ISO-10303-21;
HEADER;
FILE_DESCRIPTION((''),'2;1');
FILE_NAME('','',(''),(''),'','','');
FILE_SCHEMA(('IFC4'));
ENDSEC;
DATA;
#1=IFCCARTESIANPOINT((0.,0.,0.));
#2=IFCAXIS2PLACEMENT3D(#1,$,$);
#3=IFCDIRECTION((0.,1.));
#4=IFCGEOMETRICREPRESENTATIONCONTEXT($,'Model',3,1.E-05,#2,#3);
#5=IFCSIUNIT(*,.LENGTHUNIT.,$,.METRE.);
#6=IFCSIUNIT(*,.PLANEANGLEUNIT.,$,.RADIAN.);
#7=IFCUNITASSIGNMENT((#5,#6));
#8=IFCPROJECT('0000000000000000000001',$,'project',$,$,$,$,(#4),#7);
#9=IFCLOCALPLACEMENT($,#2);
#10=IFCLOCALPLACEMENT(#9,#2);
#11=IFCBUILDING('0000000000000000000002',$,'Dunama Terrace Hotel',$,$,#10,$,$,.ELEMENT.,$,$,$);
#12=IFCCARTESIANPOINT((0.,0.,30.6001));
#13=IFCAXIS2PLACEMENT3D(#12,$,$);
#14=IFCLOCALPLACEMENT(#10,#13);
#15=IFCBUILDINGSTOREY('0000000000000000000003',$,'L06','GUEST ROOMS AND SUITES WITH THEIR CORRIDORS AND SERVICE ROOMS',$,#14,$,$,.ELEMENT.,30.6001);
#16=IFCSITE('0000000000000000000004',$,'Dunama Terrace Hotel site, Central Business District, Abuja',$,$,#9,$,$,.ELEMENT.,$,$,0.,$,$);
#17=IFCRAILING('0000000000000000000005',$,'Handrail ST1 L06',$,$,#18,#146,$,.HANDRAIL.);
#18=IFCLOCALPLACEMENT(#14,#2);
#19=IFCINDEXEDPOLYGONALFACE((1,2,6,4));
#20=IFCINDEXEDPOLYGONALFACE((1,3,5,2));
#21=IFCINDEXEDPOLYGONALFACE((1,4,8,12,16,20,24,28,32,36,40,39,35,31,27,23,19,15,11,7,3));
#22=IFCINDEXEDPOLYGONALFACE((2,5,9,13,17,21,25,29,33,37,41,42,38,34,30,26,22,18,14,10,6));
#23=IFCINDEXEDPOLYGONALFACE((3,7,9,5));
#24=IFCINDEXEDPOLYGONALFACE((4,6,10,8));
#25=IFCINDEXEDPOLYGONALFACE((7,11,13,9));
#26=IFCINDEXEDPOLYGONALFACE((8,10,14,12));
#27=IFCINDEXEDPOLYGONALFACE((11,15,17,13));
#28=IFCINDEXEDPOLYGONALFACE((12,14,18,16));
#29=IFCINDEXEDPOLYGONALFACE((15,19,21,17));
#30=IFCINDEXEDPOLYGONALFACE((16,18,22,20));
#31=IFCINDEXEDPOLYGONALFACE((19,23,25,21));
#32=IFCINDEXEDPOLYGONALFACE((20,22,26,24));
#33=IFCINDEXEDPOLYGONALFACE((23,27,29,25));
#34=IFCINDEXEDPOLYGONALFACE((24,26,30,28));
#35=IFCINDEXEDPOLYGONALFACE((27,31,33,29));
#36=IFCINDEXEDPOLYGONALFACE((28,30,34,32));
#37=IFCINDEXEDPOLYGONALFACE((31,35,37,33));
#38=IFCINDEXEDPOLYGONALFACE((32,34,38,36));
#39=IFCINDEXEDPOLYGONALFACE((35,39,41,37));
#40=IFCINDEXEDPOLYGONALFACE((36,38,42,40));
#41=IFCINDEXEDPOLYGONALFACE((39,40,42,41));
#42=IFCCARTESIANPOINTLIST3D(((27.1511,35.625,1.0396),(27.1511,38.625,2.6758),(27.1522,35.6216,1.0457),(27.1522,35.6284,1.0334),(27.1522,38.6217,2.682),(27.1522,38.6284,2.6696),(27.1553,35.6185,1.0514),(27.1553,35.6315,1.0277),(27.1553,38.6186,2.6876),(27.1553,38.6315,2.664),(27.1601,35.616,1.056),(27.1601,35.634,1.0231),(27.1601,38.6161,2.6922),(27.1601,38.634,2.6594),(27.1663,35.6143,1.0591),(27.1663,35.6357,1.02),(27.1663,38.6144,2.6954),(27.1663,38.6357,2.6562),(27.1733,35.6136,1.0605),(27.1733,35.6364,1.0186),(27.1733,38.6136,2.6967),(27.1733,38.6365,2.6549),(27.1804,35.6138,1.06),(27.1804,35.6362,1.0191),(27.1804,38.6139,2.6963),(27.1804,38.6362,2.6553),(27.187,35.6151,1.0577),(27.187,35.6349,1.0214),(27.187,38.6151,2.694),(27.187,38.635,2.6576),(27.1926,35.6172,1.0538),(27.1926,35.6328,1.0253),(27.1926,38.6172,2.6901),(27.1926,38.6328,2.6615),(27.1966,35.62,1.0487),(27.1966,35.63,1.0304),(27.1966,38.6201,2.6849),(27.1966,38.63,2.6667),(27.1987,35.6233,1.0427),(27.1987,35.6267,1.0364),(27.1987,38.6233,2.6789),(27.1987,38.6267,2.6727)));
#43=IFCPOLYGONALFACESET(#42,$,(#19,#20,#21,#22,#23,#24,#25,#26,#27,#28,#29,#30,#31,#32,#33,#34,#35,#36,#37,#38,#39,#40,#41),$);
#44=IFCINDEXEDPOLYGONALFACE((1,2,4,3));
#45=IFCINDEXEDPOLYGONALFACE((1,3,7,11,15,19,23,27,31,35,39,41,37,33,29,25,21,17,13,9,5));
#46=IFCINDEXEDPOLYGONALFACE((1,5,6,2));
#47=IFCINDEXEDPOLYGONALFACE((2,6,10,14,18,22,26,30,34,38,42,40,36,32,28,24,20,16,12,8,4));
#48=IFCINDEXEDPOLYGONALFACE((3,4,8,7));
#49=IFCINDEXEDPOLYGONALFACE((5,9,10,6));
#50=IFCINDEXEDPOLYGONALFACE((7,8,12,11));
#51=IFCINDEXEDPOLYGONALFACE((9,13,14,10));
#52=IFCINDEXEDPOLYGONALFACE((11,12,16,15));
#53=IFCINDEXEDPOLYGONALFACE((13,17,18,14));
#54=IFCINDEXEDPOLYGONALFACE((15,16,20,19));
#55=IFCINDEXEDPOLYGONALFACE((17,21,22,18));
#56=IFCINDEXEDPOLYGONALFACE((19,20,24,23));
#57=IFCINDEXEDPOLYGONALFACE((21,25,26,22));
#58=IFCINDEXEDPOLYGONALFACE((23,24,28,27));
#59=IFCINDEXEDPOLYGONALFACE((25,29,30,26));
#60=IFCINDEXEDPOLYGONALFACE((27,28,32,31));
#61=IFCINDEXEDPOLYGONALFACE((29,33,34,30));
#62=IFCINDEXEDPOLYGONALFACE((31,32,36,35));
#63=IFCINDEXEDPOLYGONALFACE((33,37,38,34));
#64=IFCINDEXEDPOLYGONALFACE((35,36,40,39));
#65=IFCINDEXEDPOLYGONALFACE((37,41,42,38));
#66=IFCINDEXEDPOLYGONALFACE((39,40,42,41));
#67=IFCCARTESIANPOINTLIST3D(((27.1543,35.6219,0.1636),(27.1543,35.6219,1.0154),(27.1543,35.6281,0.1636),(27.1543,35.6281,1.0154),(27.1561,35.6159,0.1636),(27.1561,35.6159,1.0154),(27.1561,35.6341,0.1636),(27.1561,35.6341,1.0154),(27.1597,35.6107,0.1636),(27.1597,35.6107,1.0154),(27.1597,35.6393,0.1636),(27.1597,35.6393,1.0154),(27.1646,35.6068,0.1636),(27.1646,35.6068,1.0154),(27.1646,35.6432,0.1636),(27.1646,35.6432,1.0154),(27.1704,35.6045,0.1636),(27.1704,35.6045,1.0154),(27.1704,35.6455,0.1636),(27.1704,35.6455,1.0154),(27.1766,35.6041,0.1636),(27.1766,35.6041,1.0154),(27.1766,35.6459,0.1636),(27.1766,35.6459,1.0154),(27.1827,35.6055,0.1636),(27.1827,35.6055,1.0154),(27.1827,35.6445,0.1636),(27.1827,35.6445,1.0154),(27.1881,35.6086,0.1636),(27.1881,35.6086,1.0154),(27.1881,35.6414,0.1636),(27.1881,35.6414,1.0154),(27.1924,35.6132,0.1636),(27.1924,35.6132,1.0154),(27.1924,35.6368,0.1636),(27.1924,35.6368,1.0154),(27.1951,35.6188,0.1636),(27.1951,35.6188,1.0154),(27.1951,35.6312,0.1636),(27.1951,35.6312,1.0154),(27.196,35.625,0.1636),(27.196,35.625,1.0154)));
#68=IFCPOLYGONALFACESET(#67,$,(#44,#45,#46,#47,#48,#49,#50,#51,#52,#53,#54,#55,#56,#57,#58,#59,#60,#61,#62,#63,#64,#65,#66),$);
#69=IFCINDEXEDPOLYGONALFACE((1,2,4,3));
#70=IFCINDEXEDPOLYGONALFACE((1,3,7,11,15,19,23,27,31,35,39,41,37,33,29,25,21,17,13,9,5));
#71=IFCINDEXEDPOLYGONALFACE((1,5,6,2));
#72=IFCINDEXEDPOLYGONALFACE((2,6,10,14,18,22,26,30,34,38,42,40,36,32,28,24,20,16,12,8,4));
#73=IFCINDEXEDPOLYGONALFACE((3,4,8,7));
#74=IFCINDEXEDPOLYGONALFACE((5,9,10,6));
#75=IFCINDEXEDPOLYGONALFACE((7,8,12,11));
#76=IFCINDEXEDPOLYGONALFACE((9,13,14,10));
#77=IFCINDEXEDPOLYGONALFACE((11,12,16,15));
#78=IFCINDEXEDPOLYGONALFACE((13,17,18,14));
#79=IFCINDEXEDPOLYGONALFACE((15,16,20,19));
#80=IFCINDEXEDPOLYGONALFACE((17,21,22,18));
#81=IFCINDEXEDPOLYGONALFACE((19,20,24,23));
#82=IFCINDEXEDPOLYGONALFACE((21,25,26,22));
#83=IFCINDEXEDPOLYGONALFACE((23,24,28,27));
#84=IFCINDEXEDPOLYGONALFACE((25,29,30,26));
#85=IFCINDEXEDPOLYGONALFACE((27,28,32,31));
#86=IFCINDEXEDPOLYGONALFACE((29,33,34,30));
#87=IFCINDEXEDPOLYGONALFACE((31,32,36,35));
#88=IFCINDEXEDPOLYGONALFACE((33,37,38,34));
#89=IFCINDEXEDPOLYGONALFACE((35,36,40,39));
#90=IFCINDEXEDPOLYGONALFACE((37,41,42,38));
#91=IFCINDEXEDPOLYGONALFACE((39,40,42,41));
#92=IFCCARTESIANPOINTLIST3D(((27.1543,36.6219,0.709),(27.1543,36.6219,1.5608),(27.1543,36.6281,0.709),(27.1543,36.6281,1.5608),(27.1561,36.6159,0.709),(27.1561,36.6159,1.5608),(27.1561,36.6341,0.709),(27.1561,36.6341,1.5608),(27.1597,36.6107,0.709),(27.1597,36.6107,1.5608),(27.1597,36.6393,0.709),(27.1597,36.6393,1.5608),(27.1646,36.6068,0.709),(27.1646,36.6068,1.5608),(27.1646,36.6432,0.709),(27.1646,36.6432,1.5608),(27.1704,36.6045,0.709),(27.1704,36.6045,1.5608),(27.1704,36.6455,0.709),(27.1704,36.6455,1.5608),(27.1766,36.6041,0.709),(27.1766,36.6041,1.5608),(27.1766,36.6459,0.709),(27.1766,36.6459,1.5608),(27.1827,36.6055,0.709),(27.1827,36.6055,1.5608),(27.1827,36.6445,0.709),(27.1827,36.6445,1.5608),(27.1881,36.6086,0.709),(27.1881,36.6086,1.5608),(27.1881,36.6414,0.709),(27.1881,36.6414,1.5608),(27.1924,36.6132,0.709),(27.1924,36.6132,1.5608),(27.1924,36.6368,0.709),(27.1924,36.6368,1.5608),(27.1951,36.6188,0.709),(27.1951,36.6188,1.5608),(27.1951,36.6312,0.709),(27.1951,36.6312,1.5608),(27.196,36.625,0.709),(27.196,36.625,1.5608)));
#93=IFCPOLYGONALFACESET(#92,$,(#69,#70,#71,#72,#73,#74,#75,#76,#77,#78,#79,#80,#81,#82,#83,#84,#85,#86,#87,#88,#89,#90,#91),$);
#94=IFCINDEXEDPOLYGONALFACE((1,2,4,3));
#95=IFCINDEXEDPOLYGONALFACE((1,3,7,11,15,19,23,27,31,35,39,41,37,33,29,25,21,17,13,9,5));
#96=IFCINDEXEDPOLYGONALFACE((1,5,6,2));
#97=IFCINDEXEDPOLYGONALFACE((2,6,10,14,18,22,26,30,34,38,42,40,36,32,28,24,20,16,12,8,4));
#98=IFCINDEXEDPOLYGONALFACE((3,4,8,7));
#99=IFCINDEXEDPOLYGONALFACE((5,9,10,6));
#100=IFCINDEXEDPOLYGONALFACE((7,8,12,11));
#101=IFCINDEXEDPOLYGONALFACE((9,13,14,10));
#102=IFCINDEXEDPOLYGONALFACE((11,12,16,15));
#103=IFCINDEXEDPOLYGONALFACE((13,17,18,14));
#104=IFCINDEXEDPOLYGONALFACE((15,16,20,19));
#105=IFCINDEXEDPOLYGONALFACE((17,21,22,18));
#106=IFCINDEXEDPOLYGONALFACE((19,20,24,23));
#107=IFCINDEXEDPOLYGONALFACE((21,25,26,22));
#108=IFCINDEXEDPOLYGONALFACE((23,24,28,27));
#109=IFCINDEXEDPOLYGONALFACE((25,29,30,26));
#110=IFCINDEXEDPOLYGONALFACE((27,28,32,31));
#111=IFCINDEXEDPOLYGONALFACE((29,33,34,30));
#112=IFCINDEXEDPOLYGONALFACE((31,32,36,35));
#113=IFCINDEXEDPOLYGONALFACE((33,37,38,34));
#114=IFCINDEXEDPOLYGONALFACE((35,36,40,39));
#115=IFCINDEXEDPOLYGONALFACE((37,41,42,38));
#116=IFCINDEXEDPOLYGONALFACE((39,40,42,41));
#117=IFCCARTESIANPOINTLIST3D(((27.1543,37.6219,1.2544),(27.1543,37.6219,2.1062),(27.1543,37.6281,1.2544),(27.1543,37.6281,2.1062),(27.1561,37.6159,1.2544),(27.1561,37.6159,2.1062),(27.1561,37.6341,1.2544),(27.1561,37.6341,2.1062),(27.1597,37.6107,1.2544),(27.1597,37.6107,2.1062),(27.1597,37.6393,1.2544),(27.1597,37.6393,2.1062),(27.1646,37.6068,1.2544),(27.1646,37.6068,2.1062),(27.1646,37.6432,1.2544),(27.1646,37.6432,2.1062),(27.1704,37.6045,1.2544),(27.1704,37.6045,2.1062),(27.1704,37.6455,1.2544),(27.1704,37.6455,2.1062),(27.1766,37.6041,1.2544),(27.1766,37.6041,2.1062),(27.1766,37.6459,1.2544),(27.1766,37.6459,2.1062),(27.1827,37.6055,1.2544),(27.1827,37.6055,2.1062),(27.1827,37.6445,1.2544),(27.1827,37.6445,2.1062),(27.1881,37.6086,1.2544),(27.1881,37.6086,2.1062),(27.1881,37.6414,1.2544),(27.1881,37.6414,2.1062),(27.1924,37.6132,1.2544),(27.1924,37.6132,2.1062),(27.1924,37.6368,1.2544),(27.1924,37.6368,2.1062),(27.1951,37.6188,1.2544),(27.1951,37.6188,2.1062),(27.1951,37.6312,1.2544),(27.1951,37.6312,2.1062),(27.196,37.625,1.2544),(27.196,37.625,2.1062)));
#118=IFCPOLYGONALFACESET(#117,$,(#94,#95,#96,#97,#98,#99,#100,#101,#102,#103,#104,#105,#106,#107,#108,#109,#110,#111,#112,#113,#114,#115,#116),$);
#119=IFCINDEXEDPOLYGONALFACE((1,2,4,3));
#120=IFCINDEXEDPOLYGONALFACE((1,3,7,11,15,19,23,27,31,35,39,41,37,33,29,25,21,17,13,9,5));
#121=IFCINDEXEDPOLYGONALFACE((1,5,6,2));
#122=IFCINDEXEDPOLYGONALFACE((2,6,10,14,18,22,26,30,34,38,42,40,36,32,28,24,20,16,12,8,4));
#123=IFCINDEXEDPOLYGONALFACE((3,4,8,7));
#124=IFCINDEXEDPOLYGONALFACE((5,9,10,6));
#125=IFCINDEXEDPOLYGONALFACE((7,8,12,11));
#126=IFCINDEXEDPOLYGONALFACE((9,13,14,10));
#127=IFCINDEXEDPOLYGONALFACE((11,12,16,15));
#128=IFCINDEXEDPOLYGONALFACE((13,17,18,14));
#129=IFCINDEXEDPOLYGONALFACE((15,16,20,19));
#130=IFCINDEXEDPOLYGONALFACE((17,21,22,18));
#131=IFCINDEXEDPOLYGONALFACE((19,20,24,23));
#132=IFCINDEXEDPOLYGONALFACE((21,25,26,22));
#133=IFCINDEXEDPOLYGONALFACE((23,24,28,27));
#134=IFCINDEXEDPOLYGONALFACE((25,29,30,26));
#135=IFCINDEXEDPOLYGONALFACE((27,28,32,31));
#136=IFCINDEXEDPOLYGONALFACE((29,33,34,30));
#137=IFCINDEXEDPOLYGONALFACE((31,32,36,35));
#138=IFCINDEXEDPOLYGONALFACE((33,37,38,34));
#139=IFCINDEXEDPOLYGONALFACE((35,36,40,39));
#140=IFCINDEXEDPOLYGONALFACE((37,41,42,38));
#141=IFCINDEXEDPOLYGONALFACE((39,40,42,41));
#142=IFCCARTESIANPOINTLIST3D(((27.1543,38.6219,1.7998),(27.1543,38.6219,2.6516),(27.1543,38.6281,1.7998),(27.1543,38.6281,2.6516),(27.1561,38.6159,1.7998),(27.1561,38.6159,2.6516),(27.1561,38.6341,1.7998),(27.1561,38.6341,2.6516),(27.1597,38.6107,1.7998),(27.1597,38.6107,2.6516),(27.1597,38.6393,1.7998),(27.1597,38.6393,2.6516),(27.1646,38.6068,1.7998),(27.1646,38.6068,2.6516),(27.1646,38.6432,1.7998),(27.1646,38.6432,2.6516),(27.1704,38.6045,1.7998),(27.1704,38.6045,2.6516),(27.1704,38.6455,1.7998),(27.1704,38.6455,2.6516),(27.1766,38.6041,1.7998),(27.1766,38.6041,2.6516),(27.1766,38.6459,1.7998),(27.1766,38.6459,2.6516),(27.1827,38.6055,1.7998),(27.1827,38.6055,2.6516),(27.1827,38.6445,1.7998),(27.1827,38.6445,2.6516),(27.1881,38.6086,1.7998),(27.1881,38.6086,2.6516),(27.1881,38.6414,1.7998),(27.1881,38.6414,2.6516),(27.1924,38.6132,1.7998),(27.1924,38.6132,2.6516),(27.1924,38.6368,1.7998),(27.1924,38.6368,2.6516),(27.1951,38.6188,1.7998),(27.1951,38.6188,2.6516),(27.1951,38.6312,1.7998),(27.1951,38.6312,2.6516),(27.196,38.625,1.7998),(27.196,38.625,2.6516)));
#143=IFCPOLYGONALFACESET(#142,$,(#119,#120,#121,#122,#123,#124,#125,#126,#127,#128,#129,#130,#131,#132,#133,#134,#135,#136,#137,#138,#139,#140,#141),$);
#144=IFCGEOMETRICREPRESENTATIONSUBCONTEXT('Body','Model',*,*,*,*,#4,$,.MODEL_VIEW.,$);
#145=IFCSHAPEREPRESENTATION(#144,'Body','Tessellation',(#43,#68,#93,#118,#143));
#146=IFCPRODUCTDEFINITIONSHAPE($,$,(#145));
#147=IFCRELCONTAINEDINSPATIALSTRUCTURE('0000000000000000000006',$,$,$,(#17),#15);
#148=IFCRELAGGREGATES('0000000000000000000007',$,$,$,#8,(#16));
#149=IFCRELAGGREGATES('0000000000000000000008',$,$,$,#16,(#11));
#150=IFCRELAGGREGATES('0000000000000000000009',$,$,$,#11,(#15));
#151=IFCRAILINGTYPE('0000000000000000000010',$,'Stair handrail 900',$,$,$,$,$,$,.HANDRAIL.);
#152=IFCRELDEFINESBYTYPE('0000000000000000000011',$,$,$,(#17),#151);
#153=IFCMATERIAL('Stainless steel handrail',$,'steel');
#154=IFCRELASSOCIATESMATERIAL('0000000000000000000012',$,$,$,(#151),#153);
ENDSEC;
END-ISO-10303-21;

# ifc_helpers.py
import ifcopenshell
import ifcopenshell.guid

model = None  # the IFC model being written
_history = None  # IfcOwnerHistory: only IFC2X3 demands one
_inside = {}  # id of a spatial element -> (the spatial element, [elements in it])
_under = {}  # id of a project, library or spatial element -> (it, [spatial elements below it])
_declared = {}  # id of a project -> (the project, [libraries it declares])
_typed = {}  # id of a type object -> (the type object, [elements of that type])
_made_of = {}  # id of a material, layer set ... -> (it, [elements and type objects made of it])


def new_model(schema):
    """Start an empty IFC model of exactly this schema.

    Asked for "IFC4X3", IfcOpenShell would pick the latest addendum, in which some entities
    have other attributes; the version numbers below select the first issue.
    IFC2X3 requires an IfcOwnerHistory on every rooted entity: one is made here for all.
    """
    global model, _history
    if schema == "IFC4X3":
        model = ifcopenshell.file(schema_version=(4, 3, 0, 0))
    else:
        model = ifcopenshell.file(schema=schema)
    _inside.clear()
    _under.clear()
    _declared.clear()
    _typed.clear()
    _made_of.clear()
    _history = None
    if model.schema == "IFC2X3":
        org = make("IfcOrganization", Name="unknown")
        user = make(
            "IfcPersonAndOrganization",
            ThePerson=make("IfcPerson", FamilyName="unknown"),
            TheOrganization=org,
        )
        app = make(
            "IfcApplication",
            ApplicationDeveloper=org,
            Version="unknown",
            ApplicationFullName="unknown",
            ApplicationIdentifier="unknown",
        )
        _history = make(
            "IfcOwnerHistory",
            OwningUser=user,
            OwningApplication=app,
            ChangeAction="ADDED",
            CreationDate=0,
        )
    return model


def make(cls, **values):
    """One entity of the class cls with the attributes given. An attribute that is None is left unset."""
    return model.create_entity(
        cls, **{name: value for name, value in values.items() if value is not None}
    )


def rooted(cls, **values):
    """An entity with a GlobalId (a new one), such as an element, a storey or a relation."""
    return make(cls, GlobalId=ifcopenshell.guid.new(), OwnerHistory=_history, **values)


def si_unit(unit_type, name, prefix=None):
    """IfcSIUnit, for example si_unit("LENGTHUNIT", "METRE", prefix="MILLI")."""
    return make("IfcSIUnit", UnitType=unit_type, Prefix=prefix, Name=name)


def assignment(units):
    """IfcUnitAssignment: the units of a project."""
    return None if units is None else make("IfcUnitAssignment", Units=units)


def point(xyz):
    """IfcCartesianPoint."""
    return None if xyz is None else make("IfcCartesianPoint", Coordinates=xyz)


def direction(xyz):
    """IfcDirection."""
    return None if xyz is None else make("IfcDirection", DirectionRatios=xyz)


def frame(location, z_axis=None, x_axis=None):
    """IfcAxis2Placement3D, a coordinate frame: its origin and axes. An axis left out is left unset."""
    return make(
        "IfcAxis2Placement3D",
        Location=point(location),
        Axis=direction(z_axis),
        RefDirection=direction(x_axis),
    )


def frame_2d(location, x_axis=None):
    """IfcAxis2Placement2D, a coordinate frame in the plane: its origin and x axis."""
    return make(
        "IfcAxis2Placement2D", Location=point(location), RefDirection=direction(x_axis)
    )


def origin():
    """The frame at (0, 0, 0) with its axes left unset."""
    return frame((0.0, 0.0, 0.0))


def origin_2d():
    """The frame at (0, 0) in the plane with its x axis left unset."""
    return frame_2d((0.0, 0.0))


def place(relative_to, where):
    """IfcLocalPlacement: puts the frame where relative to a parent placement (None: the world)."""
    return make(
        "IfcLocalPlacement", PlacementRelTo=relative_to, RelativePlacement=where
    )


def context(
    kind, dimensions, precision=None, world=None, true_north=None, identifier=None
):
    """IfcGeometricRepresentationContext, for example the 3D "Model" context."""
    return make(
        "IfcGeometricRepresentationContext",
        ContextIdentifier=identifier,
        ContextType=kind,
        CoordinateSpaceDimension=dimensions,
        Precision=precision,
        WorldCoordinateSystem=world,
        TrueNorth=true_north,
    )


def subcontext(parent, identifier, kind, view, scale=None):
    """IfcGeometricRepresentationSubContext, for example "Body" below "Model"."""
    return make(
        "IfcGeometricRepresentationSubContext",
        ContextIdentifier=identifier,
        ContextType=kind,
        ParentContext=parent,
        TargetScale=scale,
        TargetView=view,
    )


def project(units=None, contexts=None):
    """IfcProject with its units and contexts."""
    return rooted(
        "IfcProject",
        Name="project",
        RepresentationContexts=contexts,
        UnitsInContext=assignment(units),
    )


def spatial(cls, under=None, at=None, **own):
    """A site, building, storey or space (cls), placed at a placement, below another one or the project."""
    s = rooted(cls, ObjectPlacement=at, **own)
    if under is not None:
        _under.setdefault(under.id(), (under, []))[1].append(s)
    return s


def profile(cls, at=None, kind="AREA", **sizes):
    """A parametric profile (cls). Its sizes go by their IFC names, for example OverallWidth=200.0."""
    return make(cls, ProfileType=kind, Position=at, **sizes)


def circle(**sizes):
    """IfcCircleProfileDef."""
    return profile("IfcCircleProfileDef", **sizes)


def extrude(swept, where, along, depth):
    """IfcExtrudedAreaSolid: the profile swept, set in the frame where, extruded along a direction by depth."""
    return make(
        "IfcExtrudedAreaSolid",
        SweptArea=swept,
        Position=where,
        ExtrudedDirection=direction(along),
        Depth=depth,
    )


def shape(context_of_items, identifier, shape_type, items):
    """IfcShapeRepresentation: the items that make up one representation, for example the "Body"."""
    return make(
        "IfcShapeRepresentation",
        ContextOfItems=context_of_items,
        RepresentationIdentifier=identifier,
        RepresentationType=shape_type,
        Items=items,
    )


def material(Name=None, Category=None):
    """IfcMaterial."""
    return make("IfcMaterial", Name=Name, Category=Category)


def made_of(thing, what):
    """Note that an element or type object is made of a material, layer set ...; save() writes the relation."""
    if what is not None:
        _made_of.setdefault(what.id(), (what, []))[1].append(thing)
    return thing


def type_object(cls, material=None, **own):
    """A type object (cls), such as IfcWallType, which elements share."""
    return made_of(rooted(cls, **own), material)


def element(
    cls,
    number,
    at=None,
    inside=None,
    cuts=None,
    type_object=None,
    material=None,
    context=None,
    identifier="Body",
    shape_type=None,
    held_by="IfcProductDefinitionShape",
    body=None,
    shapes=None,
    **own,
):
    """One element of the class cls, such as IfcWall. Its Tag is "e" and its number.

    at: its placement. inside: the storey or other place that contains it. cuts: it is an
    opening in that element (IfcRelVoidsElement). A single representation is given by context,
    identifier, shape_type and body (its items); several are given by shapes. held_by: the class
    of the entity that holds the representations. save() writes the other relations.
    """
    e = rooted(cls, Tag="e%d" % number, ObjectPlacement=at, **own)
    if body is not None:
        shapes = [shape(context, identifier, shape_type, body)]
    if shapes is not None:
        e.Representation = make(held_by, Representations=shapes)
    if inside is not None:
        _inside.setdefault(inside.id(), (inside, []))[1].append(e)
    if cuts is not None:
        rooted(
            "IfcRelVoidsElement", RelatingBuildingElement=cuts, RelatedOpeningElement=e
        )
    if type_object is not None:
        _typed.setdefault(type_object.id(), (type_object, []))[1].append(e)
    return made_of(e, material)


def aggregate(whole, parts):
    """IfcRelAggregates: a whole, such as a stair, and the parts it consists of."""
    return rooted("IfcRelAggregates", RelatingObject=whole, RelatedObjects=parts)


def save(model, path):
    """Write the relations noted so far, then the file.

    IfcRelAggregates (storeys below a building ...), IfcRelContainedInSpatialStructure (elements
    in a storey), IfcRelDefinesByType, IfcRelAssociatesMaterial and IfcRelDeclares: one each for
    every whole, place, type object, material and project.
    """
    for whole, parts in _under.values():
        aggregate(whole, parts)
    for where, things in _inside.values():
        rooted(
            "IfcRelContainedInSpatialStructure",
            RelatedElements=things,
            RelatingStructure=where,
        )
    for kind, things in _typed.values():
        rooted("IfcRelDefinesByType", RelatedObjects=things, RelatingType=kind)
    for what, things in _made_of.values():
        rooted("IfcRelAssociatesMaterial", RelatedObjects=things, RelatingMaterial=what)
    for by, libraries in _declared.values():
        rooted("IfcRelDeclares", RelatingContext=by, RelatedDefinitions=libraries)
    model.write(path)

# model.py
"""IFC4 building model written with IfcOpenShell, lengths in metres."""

from ifc_helpers import new_model, si_unit, direction, frame, origin, origin_2d, place, context, subcontext, project, spatial, circle, extrude, material, type_object, element, save


model = new_model("IFC4")

# Units and contexts
model_context = context("Model", 3, precision=1e-05, world=origin(), true_north=direction((0.0, 1.0)))
body_context = subcontext(model_context, "Body", "Model", "MODEL_VIEW")
ifc_project = project(units=[si_unit("LENGTHUNIT", "METRE"), si_unit("PLANEANGLEUNIT", "RADIAN")], contexts=[model_context])

# Site, building, storey
site_placement = place(None, origin())
site = spatial("IfcSite", under=ifc_project, at=site_placement, Name="Dunama Terrace Hotel site, Central Business District, Abuja", CompositionType="ELEMENT", RefElevation=0.0)
building_placement = place(site_placement, origin())
building = spatial("IfcBuilding", under=site, at=building_placement, Name="Dunama Terrace Hotel", CompositionType="ELEMENT")
storey_placement = place(building_placement, frame((0.0, 0.0, 30.6001)))
storey = spatial("IfcBuildingStorey", under=building, at=storey_placement, Name="L06", Description="GUEST ROOMS AND SUITES WITH THEIR CORRIDORS AND SERVICE ROOMS", CompositionType="ELEMENT", Elevation=30.6001)

# Railing
ifc_material_1 = material(Name="Stainless steel handrail", Category="steel")
railing_type = type_object("IfcRailingType", Name="Stair handrail 900", PredefinedType="HANDRAIL", material=ifc_material_1)
railing_1_placement = place(storey_placement, frame((27.175, 35.625, 0.1636)))
element("IfcRailing", 1, at=railing_1_placement, inside=storey, type_object=railing_type, Name="Handrail ST1 L06", PredefinedType="HANDRAIL", context=body_context, shape_type="SweptSolid", body=[
    extrude(circle(Radius=0.0239, at=origin_2d()), frame((0.0, 0.0, 0.876), z_axis=(0.0, 0.877912, 0.478822), x_axis=(-1.0, 0.0, 0.0)), (0.0, 0.0, 1.0), 3.4172),
    extrude(circle(Radius=0.021, at=origin_2d()), origin(), (0.0, 0.0, 1.0), 0.8518),
    extrude(circle(Radius=0.021, at=origin_2d()), frame((0.0, 1.0, 0.5454)), (0.0, 0.0, 1.0), 0.8518),
    extrude(circle(Radius=0.021, at=origin_2d()), frame((0.0, 2.0, 1.0908)), (0.0, 0.0, 1.0), 0.8518),
    extrude(circle(Radius=0.021, at=origin_2d()), frame((0.0, 3.0, 1.6362)), (0.0, 0.0, 1.0), 0.8518),
])

save(model, "model.ifc")
